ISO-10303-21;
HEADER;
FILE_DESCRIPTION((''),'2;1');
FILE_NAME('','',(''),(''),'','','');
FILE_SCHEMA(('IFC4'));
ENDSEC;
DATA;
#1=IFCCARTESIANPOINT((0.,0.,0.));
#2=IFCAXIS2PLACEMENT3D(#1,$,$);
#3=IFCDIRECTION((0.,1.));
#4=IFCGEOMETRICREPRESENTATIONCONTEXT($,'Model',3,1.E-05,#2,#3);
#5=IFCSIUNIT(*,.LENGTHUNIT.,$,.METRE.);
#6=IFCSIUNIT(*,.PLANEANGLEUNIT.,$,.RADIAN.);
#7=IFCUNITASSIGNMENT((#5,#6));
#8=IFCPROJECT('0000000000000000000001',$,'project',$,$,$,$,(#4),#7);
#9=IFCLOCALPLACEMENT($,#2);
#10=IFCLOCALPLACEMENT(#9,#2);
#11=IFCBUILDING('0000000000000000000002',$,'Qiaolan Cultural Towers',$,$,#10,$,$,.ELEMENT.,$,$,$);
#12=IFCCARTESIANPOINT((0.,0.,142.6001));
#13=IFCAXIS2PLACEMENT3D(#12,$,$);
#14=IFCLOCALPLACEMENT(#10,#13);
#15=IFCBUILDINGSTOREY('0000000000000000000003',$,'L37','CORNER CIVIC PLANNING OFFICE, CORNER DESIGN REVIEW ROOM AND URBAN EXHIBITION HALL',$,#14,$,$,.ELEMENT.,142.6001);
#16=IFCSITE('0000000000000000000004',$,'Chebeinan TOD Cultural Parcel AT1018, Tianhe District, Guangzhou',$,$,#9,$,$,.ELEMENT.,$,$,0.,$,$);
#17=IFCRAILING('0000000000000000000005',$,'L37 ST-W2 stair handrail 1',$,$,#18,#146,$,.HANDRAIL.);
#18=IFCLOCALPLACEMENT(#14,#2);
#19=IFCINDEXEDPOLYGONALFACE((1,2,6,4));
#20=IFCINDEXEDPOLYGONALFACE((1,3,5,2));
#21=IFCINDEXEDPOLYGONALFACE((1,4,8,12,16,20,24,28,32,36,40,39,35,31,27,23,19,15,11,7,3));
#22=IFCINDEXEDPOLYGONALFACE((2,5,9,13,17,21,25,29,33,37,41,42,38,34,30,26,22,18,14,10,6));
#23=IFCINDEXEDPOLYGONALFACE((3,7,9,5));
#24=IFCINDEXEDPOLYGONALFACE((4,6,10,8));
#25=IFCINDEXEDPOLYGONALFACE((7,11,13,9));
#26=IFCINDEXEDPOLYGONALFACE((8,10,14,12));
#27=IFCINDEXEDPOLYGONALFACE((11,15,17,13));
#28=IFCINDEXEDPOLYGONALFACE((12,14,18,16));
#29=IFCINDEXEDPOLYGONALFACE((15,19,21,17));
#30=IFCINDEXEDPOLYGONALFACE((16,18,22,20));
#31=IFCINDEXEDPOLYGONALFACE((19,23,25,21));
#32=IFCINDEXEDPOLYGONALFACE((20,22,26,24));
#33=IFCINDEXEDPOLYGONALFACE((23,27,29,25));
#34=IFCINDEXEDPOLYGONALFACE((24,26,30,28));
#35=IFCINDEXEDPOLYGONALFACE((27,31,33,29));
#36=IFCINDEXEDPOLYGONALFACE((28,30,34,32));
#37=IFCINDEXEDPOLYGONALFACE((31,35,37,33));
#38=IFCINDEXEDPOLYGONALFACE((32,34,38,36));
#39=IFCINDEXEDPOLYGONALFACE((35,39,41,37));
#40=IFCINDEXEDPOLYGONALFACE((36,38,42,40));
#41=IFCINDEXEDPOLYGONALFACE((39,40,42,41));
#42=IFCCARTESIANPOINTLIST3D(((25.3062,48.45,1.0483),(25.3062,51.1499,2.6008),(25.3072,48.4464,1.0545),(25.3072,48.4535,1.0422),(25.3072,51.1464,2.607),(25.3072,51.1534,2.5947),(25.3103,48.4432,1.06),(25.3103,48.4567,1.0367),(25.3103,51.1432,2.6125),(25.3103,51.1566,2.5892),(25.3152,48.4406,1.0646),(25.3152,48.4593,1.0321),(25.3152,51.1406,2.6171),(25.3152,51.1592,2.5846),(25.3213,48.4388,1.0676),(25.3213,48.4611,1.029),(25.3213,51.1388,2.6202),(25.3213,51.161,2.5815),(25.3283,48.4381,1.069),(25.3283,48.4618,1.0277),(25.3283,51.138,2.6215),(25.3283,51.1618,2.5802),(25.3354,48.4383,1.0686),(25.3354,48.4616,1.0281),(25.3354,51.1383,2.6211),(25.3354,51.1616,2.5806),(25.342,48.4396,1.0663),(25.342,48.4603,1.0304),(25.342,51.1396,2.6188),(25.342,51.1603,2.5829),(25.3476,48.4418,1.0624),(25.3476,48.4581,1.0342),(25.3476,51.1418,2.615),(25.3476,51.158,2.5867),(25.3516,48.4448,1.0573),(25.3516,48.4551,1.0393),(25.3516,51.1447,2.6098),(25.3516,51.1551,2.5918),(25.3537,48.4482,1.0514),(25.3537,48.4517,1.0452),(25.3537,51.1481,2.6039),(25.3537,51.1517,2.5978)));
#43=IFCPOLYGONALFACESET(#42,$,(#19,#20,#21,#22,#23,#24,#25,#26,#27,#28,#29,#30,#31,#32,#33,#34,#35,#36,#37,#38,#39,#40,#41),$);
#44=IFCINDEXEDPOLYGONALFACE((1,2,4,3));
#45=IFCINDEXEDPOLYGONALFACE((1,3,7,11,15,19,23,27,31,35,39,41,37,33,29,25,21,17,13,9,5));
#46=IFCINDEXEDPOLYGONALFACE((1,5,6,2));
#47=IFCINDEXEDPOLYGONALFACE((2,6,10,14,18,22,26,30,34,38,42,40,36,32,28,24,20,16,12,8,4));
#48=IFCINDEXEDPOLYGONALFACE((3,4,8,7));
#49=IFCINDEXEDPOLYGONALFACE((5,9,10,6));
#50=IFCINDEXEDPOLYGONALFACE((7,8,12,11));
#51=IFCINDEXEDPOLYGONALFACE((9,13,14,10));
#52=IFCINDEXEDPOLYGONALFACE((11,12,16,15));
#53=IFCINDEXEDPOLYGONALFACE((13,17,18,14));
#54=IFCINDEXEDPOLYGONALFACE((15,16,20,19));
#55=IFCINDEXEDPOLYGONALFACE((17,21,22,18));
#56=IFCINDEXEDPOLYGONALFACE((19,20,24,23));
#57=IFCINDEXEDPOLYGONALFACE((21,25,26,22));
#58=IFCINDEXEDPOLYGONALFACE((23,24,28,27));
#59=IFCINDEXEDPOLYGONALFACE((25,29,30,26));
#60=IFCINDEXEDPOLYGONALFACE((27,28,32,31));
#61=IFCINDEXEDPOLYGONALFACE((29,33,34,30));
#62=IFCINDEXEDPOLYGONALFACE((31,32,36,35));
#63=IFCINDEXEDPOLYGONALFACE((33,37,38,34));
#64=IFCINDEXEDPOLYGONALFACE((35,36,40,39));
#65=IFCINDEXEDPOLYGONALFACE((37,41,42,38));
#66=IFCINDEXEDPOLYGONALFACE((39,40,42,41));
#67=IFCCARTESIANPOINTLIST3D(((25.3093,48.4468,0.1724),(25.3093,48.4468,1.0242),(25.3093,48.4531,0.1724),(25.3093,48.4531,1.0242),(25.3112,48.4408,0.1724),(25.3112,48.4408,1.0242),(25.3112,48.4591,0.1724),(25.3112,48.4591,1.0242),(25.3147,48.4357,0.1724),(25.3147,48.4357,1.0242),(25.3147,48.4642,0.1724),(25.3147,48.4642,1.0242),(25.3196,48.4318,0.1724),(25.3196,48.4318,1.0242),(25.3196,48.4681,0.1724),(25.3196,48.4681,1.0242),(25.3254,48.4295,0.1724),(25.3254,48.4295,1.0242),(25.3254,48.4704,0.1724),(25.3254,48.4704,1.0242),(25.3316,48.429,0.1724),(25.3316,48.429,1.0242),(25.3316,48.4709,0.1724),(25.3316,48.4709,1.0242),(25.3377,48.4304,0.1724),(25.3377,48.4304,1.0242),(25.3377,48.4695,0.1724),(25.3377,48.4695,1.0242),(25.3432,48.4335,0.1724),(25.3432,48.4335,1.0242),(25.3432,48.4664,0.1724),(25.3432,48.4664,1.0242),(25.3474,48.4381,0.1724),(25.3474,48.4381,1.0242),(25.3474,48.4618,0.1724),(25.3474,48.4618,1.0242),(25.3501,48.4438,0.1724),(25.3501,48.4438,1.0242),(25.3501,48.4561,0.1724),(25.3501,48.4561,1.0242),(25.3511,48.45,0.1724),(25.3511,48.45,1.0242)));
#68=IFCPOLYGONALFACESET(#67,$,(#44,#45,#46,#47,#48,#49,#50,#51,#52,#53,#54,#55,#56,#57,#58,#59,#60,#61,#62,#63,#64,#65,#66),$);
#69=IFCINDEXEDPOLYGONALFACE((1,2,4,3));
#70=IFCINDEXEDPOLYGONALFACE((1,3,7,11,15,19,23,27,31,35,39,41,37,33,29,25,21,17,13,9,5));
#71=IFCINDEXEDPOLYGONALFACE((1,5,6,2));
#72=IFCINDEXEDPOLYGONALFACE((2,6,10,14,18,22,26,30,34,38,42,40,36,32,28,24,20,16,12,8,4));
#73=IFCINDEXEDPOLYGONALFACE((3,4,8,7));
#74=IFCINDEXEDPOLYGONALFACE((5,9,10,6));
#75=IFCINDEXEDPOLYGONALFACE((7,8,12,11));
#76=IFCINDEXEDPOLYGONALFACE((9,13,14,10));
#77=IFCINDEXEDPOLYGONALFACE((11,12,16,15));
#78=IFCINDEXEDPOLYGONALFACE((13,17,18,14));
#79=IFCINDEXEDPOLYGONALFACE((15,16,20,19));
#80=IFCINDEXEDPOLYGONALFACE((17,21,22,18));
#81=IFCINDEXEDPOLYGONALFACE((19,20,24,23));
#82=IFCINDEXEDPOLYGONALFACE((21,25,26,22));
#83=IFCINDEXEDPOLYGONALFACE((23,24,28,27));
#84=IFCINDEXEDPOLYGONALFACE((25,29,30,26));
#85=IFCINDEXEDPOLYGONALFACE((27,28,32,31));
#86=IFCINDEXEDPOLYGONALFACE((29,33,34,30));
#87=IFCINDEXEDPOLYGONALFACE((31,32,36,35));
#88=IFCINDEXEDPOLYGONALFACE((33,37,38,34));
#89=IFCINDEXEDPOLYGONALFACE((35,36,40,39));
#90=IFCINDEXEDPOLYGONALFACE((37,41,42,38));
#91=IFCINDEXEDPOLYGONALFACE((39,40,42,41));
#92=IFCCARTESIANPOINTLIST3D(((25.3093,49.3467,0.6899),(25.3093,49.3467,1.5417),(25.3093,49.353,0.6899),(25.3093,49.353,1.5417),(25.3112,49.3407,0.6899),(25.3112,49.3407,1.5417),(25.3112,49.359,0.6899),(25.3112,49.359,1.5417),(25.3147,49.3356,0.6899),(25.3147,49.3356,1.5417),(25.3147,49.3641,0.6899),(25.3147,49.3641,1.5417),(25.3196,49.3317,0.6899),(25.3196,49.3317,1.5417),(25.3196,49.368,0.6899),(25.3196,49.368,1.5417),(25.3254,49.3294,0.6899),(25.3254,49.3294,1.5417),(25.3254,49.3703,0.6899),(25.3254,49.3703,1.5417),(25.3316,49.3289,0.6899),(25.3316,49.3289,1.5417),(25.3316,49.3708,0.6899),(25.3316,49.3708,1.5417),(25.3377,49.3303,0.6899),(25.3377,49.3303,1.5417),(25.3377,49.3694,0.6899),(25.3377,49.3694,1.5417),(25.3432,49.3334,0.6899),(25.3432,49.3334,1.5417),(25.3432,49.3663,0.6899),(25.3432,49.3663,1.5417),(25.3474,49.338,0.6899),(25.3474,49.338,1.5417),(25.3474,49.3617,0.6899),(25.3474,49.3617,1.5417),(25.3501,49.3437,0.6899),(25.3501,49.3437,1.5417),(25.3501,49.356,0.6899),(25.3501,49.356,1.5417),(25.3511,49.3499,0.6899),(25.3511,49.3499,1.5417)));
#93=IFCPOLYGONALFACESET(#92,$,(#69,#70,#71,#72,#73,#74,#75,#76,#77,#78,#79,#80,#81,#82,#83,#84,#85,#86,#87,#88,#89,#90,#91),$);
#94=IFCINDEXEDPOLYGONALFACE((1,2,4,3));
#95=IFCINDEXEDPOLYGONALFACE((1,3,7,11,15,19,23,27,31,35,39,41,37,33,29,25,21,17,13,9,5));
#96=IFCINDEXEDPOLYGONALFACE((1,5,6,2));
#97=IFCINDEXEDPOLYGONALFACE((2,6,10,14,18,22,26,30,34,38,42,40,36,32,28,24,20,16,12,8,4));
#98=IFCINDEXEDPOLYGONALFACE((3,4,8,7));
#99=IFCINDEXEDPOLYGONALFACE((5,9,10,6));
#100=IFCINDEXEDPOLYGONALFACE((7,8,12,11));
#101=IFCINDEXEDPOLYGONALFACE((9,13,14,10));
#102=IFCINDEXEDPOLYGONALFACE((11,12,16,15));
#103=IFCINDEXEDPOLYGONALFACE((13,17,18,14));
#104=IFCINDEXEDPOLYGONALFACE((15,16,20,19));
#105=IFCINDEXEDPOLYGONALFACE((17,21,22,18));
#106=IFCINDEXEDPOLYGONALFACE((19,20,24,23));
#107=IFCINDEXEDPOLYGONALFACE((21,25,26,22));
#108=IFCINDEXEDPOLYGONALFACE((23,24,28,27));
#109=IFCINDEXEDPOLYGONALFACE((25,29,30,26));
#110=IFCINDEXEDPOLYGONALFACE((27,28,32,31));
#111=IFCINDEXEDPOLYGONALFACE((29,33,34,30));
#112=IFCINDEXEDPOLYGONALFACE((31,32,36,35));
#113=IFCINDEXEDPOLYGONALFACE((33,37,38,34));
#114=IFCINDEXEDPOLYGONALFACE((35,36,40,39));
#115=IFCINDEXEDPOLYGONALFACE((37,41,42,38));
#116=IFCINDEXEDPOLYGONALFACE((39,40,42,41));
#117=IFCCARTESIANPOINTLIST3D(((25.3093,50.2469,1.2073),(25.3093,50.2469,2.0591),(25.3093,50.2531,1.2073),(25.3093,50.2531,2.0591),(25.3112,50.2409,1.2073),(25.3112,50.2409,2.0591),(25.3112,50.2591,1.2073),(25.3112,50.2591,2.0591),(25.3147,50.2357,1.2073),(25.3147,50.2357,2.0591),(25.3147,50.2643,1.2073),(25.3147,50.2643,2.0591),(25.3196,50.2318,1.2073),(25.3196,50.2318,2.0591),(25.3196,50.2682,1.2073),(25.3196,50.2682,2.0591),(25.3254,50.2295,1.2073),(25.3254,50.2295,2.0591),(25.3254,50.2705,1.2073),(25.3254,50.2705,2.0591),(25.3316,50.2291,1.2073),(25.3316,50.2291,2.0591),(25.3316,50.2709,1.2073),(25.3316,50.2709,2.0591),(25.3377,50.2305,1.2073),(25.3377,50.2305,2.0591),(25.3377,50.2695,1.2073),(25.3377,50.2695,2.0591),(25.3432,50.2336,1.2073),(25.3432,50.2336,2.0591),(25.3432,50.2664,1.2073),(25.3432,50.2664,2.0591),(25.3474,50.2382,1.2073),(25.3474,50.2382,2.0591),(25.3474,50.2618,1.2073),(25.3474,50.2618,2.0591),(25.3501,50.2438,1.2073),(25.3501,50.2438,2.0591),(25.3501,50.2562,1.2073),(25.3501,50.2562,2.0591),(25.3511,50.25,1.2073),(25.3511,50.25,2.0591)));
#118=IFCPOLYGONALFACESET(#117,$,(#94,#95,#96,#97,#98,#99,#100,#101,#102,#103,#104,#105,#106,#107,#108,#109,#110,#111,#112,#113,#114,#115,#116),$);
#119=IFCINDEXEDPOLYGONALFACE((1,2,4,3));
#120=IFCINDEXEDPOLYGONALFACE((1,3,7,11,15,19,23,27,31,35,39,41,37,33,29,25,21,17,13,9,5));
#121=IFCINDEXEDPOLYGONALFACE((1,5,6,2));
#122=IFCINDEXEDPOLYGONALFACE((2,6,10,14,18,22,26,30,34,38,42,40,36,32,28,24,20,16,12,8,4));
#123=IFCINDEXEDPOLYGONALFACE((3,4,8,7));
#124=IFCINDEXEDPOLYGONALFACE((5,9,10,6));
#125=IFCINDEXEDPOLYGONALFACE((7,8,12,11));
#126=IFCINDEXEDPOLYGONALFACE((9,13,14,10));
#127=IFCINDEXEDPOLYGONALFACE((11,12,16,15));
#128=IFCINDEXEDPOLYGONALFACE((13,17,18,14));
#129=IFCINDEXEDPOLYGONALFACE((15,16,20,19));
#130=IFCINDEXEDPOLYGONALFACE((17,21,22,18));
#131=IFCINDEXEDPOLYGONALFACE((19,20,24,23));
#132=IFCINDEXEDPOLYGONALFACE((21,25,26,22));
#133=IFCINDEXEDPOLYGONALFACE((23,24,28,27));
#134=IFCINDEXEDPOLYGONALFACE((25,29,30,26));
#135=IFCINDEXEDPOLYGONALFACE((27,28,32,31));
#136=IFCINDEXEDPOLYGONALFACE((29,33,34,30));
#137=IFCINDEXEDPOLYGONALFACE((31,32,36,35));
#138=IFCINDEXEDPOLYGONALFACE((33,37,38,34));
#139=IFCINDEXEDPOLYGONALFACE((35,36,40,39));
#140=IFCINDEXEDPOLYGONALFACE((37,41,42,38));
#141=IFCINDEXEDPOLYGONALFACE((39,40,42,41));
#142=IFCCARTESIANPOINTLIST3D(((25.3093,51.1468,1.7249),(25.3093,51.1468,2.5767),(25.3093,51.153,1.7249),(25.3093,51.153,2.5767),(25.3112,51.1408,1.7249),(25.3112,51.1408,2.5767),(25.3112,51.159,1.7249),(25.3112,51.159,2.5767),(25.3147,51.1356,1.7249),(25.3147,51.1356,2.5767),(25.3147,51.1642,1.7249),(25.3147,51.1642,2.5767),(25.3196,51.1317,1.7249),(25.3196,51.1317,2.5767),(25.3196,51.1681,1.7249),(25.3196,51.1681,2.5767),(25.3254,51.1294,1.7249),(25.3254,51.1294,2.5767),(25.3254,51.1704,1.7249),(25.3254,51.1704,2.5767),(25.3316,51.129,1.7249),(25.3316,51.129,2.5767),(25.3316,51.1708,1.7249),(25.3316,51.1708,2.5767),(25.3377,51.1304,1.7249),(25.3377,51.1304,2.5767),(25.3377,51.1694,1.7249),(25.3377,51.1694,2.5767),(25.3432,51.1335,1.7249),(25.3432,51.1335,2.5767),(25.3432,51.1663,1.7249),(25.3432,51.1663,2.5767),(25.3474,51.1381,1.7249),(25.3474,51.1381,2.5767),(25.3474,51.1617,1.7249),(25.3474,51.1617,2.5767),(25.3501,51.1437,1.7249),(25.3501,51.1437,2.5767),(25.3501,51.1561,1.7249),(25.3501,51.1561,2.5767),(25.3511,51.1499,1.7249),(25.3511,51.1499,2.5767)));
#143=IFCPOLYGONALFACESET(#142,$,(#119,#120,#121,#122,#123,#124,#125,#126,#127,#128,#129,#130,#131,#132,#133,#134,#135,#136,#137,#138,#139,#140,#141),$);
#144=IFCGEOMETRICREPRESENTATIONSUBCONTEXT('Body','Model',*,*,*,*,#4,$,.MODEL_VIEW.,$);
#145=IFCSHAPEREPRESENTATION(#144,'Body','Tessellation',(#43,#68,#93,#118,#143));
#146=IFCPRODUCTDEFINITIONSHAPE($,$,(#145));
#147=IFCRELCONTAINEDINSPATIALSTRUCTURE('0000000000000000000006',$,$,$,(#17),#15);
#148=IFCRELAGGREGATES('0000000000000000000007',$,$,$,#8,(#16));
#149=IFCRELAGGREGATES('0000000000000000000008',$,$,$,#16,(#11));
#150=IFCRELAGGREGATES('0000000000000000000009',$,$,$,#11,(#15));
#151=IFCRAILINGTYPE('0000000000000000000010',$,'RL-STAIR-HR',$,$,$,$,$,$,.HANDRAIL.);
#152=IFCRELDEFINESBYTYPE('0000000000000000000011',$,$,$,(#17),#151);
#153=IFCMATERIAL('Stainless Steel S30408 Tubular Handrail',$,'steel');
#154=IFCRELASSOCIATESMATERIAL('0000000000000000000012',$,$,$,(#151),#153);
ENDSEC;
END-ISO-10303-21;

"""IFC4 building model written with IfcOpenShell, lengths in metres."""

from ifc_helpers import new_model, si_unit, direction, frame, origin, origin_2d, place, context, subcontext, project, spatial, circle, extrude, material, type_object, element, save


model = new_model("IFC4")

# Units and contexts
model_context = context("Model", 3, precision=1e-05, world=origin(), true_north=direction((0.0, 1.0)))
body_context = subcontext(model_context, "Body", "Model", "MODEL_VIEW")
ifc_project = project(units=[si_unit("LENGTHUNIT", "METRE"), si_unit("PLANEANGLEUNIT", "RADIAN")], contexts=[model_context])

# Site, building, storey
site_placement = place(None, origin())
site = spatial("IfcSite", under=ifc_project, at=site_placement, Name="Chebeinan TOD Cultural Parcel AT1018, Tianhe District, Guangzhou", CompositionType="ELEMENT", RefElevation=0.0)
building_placement = place(site_placement, origin())
building = spatial("IfcBuilding", under=site, at=building_placement, Name="Qiaolan Cultural Towers", CompositionType="ELEMENT")
storey_placement = place(building_placement, frame((0.0, 0.0, 142.6001)))
storey = spatial("IfcBuildingStorey", under=building, at=storey_placement, Name="L37", Description="CORNER CIVIC PLANNING OFFICE, CORNER DESIGN REVIEW ROOM AND URBAN EXHIBITION HALL", CompositionType="ELEMENT", Elevation=142.6001)

# Railing
ifc_material_1 = material(Name="Stainless Steel S30408 Tubular Handrail", Category="steel")
railing_type = type_object("IfcRailingType", Name="RL-STAIR-HR", PredefinedType="HANDRAIL", material=ifc_material_1)
railing_placement = place(storey_placement, frame((25.3301, 48.45, 0.1724)))
element("IfcRailing", 1, at=railing_placement, inside=storey, type_object=railing_type, Name="L37 ST-W2 stair handrail 1", PredefinedType="HANDRAIL", context=body_context, shape_type="SweptSolid", body=[
    extrude(circle(Radius=0.0239, at=origin_2d()), frame((0.0, 0.0, 0.876), z_axis=(0.0, 0.866904, 0.498476), x_axis=(-1.0, 0.0, 0.0)), (0.0, 0.0, 1.0), 3.1145),
    extrude(circle(Radius=0.021, at=origin_2d()), origin(), (0.0, 0.0, 1.0), 0.8518),
    extrude(circle(Radius=0.021, at=origin_2d()), frame((0.0, 0.8999, 0.5176)), (0.0, 0.0, 1.0), 0.8518),
    extrude(circle(Radius=0.021, at=origin_2d()), frame((0.0, 1.8, 1.0349)), (0.0, 0.0, 1.0), 0.8518),
    extrude(circle(Radius=0.021, at=origin_2d()), frame((0.0, 2.7, 1.5525)), (0.0, 0.0, 1.0), 0.8518),
])

save(model, "model.ifc")
